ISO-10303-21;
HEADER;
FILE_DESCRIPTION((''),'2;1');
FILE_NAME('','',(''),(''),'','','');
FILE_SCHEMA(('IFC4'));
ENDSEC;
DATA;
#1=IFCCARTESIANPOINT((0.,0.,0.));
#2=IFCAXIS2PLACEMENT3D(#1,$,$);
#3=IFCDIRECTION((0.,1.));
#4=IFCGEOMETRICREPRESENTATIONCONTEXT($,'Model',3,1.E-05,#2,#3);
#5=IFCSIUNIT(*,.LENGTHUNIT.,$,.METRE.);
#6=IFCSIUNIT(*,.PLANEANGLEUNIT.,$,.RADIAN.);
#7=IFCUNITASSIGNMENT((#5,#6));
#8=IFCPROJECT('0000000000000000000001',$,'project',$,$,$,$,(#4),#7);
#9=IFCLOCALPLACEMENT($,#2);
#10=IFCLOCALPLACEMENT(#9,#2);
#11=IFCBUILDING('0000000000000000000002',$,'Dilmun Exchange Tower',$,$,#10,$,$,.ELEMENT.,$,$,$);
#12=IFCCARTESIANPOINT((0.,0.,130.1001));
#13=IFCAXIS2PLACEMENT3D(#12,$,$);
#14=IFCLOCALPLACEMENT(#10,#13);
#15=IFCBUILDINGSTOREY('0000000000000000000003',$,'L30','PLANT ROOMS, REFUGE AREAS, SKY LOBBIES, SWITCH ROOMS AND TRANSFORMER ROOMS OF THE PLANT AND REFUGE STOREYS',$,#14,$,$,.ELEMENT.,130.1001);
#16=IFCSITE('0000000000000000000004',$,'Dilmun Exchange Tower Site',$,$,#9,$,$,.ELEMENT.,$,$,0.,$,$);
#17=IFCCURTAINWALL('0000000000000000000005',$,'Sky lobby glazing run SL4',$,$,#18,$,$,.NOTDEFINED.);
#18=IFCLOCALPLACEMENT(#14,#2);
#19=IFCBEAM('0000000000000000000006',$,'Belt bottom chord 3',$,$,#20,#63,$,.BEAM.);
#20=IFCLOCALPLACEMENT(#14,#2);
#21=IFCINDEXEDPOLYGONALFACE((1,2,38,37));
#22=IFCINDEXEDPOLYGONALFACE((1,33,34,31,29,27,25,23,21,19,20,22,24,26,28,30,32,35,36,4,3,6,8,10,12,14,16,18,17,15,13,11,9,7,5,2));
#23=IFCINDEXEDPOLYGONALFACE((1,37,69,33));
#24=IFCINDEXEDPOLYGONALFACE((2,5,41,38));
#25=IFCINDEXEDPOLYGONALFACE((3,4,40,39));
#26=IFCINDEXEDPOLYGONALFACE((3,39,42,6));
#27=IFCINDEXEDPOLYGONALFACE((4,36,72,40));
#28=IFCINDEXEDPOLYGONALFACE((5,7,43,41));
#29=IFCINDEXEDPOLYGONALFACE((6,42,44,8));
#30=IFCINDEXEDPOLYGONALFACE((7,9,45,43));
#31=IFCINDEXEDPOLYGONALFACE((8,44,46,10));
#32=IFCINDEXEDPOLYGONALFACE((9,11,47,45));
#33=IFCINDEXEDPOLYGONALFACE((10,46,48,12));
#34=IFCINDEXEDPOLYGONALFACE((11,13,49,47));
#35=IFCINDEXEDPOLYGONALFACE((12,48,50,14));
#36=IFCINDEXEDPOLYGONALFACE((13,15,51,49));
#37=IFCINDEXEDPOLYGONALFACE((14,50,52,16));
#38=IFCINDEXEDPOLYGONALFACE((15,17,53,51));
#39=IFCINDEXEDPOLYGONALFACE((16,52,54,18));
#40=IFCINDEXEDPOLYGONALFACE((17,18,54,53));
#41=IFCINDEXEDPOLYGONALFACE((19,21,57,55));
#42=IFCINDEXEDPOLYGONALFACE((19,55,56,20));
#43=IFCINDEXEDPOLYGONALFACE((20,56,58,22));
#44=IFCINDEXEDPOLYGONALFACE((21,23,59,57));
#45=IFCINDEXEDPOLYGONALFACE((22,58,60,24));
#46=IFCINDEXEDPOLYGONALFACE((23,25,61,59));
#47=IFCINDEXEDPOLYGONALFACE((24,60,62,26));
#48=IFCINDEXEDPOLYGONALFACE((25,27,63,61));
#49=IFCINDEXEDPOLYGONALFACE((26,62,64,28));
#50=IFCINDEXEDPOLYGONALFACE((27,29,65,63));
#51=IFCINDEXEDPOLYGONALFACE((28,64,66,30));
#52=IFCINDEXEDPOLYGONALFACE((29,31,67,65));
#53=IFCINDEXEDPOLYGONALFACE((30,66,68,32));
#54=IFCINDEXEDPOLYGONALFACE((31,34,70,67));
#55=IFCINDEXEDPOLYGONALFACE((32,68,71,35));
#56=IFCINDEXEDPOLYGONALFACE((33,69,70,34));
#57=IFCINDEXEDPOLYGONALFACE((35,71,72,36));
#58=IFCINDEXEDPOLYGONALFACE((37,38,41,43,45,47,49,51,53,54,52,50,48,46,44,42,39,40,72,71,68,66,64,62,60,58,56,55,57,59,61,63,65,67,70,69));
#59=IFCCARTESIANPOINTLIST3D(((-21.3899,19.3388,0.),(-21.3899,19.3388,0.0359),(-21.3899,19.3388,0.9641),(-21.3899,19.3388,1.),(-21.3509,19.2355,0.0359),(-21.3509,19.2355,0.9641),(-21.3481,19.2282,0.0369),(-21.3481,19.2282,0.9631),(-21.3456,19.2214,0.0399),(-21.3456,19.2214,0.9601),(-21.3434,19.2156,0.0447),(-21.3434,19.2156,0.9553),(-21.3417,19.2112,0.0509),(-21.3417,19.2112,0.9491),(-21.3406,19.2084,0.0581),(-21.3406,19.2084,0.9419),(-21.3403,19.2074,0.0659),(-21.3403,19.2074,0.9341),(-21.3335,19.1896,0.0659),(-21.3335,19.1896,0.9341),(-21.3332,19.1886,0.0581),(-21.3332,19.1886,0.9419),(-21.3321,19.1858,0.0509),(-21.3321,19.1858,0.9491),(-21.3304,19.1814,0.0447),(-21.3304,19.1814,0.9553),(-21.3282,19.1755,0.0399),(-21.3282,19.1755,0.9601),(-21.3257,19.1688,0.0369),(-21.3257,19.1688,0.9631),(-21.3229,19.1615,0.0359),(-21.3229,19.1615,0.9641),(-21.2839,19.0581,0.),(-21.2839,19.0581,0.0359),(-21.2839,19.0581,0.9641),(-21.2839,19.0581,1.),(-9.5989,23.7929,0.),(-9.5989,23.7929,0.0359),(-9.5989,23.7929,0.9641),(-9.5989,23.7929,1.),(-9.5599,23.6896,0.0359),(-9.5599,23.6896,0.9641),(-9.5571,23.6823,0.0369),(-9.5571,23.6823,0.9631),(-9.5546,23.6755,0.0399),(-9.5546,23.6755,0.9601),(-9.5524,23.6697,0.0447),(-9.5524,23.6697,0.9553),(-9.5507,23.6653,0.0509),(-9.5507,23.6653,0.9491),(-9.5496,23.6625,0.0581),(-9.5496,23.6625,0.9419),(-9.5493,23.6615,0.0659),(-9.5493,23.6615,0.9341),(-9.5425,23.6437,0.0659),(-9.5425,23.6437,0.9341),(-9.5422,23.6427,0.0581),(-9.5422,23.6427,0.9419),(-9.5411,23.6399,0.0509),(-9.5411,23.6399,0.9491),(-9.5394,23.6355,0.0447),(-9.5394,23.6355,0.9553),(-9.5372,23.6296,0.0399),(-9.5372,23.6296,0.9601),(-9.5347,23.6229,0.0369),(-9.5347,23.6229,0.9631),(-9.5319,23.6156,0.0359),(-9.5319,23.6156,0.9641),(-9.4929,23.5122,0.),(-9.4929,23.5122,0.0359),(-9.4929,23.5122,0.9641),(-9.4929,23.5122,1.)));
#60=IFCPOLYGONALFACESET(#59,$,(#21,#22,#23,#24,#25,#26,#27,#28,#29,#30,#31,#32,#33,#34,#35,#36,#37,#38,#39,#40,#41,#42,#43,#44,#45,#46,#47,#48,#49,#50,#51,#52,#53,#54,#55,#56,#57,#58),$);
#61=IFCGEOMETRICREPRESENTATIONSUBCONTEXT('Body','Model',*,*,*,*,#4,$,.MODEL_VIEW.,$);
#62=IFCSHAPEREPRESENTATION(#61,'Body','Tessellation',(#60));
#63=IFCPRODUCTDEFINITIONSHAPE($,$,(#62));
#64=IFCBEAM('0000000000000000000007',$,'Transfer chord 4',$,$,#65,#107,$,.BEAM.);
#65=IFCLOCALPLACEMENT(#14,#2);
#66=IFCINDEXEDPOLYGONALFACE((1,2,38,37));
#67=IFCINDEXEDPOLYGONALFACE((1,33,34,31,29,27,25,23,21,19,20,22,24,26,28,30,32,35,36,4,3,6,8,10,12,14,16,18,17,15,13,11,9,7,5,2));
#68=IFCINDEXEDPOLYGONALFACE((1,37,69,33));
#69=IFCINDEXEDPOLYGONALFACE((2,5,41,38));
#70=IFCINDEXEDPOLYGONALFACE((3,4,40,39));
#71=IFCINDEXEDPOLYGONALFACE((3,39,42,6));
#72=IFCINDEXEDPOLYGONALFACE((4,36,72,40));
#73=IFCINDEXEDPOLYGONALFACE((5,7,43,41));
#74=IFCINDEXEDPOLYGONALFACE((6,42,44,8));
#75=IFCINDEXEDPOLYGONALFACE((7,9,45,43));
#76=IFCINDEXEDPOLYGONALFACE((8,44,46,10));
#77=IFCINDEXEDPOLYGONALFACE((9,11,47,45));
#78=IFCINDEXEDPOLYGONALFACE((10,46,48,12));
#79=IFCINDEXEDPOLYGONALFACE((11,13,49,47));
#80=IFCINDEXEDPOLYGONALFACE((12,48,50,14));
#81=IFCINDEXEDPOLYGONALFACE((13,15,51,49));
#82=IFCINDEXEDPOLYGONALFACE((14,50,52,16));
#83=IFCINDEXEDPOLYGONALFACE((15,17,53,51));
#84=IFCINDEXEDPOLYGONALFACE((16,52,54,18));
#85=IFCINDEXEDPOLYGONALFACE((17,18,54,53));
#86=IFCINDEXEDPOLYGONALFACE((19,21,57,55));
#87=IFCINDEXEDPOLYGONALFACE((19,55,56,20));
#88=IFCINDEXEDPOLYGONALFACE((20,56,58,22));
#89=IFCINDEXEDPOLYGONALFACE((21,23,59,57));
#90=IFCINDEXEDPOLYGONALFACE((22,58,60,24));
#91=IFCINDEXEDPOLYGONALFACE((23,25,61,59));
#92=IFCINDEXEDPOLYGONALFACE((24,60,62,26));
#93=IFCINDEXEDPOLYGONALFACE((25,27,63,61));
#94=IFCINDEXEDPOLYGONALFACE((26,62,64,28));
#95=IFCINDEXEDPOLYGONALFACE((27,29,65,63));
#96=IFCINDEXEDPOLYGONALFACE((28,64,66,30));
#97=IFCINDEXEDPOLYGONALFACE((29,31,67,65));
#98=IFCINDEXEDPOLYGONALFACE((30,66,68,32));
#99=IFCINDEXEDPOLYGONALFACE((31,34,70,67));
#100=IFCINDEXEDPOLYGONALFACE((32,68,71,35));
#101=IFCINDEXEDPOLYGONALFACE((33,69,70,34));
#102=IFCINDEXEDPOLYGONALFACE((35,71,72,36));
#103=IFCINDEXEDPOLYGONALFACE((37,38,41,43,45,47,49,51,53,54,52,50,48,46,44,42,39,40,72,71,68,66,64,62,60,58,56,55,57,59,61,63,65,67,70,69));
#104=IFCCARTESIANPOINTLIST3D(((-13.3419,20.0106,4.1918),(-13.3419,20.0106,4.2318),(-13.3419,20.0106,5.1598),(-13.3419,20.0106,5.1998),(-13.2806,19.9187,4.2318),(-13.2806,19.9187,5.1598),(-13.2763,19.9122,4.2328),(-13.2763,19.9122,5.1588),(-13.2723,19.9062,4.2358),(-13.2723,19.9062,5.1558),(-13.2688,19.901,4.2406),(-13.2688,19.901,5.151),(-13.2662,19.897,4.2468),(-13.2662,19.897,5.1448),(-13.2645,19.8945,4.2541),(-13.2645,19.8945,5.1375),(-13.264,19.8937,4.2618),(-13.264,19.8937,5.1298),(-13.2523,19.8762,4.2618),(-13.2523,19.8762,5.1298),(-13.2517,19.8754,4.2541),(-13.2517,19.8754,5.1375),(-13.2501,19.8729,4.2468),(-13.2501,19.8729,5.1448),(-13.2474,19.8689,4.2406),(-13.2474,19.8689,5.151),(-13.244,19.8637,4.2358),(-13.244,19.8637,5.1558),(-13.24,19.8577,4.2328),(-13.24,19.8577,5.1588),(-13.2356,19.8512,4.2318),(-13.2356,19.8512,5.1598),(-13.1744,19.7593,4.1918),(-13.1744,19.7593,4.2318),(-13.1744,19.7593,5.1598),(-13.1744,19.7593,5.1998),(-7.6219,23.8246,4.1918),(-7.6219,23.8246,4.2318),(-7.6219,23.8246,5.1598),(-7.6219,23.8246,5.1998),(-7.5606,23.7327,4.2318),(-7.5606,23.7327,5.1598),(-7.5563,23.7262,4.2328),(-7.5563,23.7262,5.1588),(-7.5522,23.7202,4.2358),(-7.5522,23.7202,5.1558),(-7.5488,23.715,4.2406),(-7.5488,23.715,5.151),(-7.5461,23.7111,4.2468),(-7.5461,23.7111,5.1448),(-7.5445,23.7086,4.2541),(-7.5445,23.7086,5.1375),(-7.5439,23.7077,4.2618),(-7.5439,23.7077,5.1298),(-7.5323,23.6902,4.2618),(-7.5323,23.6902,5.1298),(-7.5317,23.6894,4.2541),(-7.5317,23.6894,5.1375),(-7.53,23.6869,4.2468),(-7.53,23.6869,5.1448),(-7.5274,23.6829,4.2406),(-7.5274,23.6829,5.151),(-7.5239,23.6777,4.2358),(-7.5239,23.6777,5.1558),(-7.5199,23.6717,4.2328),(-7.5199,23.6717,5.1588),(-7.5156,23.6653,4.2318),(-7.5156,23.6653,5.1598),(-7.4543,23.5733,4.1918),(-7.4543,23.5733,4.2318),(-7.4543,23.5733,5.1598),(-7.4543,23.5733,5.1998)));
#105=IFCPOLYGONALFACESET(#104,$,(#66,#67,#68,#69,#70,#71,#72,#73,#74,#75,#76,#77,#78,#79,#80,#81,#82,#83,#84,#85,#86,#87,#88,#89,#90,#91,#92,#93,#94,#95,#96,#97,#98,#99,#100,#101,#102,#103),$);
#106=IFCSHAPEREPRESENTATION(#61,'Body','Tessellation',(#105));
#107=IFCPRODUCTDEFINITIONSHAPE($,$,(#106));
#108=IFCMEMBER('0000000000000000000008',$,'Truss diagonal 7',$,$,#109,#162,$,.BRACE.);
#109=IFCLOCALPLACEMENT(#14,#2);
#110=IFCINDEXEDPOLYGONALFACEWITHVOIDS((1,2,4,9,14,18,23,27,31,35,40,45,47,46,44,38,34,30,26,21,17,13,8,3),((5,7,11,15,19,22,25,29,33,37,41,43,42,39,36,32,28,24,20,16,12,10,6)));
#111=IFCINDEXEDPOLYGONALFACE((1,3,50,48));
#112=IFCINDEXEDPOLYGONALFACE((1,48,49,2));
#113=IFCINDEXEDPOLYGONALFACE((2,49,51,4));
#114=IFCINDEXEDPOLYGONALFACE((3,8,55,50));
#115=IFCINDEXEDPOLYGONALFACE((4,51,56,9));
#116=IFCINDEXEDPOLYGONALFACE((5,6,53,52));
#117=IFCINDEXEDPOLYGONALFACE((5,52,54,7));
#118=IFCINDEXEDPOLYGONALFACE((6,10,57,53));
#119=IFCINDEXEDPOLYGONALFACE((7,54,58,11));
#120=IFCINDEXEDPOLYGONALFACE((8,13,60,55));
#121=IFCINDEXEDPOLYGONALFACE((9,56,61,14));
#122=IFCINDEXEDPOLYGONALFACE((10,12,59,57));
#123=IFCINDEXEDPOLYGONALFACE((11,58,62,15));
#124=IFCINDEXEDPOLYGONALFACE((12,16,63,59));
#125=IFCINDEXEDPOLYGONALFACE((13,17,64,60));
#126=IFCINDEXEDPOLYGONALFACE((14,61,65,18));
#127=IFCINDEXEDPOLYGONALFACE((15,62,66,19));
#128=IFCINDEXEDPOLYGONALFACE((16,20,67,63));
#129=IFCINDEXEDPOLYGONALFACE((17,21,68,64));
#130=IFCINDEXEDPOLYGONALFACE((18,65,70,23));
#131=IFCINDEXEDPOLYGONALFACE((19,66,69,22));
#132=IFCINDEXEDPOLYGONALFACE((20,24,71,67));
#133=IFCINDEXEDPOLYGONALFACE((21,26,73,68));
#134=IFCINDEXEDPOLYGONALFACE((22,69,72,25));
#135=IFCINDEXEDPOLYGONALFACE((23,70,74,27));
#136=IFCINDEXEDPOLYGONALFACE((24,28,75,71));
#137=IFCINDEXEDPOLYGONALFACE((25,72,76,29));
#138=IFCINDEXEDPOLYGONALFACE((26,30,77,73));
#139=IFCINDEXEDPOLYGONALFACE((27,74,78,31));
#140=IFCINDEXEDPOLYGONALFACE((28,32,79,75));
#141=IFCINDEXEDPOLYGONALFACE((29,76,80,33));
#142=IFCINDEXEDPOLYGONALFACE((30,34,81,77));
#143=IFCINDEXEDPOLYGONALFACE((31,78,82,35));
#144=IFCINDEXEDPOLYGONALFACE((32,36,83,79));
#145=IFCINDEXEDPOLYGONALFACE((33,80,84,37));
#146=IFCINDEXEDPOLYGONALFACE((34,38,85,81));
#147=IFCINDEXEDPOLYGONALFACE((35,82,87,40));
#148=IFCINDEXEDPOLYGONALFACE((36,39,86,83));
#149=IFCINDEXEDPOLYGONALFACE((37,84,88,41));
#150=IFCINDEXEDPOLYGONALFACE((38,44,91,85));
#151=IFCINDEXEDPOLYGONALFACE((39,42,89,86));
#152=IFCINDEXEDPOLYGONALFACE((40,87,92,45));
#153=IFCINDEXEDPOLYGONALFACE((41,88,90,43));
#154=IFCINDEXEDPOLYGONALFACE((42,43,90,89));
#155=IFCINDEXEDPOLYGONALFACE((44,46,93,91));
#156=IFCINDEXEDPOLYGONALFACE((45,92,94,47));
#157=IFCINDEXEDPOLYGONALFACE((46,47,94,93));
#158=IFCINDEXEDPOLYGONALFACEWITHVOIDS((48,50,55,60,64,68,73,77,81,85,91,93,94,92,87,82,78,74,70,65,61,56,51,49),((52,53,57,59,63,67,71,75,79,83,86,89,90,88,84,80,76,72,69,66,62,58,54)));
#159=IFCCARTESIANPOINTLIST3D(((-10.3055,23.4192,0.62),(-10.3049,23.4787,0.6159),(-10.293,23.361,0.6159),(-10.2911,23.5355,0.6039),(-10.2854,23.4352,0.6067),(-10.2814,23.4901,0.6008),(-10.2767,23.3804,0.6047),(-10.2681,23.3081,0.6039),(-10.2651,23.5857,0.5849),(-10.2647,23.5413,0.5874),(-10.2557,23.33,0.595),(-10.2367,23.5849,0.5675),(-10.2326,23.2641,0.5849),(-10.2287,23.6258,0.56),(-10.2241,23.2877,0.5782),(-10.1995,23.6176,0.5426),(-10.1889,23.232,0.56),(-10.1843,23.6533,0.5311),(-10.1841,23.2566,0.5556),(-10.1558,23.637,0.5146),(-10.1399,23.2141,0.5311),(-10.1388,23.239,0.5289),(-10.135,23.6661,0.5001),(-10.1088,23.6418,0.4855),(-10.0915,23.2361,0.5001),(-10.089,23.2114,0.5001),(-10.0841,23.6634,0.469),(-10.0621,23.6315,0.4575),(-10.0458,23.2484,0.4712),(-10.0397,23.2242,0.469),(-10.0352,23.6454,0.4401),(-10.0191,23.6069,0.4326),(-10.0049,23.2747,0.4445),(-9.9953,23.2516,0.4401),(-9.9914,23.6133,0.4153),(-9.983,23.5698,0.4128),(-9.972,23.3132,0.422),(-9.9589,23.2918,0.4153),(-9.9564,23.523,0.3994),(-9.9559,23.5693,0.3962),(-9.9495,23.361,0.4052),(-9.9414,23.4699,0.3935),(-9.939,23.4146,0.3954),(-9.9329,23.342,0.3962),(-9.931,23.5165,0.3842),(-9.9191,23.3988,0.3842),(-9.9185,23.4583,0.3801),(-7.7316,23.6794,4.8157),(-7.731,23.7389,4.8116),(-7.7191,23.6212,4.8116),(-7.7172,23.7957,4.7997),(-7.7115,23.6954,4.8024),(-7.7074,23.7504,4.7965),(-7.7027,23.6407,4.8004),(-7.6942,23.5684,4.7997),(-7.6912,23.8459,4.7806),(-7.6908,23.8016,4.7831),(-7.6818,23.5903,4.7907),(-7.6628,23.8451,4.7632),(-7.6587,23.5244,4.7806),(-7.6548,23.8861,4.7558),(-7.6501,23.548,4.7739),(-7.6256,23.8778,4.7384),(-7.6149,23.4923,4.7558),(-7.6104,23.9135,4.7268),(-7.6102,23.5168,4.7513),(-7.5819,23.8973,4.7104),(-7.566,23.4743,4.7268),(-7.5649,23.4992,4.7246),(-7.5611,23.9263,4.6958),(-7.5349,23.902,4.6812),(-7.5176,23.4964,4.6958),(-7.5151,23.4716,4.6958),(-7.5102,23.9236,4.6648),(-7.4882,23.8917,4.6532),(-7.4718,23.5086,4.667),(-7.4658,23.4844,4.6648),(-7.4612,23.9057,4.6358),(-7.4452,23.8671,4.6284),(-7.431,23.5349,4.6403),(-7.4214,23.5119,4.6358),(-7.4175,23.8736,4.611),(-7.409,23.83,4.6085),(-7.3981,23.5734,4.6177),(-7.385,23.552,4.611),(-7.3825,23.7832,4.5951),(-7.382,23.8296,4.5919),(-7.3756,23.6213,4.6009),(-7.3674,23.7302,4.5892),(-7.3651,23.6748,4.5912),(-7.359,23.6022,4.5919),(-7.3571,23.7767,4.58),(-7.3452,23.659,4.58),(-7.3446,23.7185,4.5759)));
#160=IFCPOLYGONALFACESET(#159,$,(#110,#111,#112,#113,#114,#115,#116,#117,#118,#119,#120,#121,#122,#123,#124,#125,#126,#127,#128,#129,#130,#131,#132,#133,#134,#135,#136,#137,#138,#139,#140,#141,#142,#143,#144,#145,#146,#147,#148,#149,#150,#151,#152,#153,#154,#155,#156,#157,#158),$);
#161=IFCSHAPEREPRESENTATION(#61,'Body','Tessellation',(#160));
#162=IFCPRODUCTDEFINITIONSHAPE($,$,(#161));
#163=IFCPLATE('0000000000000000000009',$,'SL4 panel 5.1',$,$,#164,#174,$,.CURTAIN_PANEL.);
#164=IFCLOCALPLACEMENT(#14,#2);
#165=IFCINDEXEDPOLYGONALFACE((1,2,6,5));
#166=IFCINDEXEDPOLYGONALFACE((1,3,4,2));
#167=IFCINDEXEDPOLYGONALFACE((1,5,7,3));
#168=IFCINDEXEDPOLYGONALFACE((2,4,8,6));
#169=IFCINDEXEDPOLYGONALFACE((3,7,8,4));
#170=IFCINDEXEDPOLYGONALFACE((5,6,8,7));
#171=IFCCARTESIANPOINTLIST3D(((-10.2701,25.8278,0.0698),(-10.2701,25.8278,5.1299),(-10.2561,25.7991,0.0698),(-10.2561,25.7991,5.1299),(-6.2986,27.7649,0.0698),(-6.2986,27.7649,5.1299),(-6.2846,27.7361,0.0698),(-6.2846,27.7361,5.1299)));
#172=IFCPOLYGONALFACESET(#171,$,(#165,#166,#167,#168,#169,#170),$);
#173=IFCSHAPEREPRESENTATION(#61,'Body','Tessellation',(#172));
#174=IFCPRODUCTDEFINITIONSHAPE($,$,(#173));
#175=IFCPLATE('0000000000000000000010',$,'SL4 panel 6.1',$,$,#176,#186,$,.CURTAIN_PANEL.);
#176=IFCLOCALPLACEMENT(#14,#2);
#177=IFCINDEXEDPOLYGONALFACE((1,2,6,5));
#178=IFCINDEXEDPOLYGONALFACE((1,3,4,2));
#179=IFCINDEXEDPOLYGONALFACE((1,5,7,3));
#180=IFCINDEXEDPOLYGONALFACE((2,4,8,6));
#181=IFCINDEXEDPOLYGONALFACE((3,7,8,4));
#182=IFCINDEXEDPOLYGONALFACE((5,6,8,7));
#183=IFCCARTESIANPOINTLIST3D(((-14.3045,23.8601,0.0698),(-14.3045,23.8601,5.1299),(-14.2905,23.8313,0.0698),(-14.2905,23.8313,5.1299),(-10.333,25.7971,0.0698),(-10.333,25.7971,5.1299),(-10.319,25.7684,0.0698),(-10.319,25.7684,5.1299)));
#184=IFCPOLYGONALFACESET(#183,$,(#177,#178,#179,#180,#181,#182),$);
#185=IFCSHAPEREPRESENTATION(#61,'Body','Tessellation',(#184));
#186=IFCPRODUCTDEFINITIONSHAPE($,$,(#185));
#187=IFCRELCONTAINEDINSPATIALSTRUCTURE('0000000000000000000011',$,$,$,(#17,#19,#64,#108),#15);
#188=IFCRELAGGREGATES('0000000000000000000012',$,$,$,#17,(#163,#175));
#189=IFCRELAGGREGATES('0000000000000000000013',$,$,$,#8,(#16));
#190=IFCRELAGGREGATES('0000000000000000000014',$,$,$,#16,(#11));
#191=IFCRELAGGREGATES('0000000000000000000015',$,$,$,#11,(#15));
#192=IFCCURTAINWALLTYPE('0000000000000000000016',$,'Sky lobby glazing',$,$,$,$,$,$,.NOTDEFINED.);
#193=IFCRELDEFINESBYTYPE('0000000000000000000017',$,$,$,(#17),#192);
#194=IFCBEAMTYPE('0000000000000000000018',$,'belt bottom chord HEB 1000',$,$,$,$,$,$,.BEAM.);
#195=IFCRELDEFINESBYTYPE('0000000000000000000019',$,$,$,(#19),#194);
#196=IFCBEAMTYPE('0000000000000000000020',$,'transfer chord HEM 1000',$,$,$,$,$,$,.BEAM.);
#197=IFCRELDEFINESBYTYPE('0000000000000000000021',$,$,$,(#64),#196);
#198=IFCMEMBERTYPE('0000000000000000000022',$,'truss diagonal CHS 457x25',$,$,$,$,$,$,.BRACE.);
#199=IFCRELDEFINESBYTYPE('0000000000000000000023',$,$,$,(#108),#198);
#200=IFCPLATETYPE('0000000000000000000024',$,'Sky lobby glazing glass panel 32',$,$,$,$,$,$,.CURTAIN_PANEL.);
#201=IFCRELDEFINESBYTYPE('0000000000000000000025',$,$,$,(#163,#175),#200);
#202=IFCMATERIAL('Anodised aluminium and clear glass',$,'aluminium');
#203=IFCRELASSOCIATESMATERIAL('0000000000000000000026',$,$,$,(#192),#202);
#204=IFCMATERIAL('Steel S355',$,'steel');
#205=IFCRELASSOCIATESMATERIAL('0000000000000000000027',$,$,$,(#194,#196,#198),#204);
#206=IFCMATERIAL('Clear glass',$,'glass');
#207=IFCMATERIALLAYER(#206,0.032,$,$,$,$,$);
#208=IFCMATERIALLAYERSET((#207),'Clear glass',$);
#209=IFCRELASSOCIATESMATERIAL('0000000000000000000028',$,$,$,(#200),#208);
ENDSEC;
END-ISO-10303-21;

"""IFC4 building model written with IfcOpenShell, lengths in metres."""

from ifc_helpers import new_model, si_unit, direction, frame, origin, origin_2d, place, context, subcontext, project, spatial, rectangle, hollow_circle, i_section, extrude, material, layer, layer_set, material_profile, profile_set, type_object, element, aggregate, save


model = new_model("IFC4")

# Units and contexts
model_context = context("Model", 3, precision=1e-05, world=origin(), true_north=direction((0.0, 1.0)))
body_context = subcontext(model_context, "Body", "Model", "MODEL_VIEW")
ifc_project = project(units=[si_unit("LENGTHUNIT", "METRE"), si_unit("PLANEANGLEUNIT", "RADIAN")], contexts=[model_context])

# Site, building, storey
site_placement = place(None, origin())
site = spatial("IfcSite", under=ifc_project, at=site_placement, Name="Dilmun Exchange Tower Site", CompositionType="ELEMENT", RefElevation=0.0)
building_placement = place(site_placement, origin())
building = spatial("IfcBuilding", under=site, at=building_placement, Name="Dilmun Exchange Tower", CompositionType="ELEMENT")
storey_placement = place(building_placement, frame((0.0, 0.0, 130.1001)))
storey = spatial("IfcBuildingStorey", under=building, at=storey_placement, Name="L30", Description="PLANT ROOMS, REFUGE AREAS, SKY LOBBIES, SWITCH ROOMS AND TRANSFORMER ROOMS OF THE PLANT AND REFUGE STOREYS", CompositionType="ELEMENT", Elevation=130.1001)

# Curtain wall
ifc_material_1 = material(Name="Anodised aluminium and clear glass", Category="aluminium")
curtain_wall_type = type_object("IfcCurtainWallType", Name="Sky lobby glazing", PredefinedType="NOTDEFINED", material=ifc_material_1)
curtain_wall_placement = place(storey_placement, origin())
curtain_wall = element("IfcCurtainWall", 1, at=curtain_wall_placement, inside=storey, type_object=curtain_wall_type, Name="Sky lobby glazing run SL4", PredefinedType="NOTDEFINED")

# Beams
ifc_material_2 = material(Name="Steel S355", Category="steel")
ifc_material_profile_1 = material_profile(ifc_material_2, i_section(OverallWidth=0.3, OverallDepth=1.0, WebThickness=0.019, FlangeThickness=0.0359, FilletRadius=0.03, at=origin_2d()), Name="HEB 1000")
ifc_profile_set_1 = profile_set([ifc_material_profile_1], Name="Steel S355")
beam_type_1 = type_object("IfcBeamType", Name="belt bottom chord HEB 1000", PredefinedType="BEAM", material=ifc_profile_set_1)
beam_1_placement = place(storey_placement, frame((-9.5459, 23.6526, 0.5), z_axis=(-0.935479, -0.353381, 0.0), x_axis=(0.353381, -0.935479, 0.0)))
element("IfcBeam", 2, at=beam_1_placement, inside=storey, type_object=beam_type_1, Name="Belt bottom chord 3", PredefinedType="BEAM", context=body_context, shape_type="SweptSolid", body=[
    extrude(i_section(OverallWidth=0.3, OverallDepth=1.0, WebThickness=0.019, FlangeThickness=0.0359, FilletRadius=0.03, at=origin_2d()), origin(), (0.0, 0.0, 1.0), 12.6042),
])
ifc_material_profile_2 = material_profile(ifc_material_2, i_section(OverallWidth=0.302, OverallDepth=1.0081, WebThickness=0.021, FlangeThickness=0.04, FilletRadius=0.03, at=origin_2d()), Name="HEM 1000")
ifc_profile_set_2 = profile_set([ifc_material_profile_2], Name="Steel S355")
beam_type_2 = type_object("IfcBeamType", Name="transfer chord HEM 1000", PredefinedType="BEAM", material=ifc_profile_set_2)
beam_2_placement = place(storey_placement, frame((-7.5381, 23.699, 4.6958), z_axis=(-0.832007, -0.554766, 0.0), x_axis=(0.554766, -0.832007, 0.0)))
element("IfcBeam", 3, at=beam_2_placement, inside=storey, type_object=beam_type_2, Name="Transfer chord 4", PredefinedType="BEAM", context=body_context, shape_type="SweptSolid", body=[
    extrude(i_section(OverallWidth=0.302, OverallDepth=1.0081, WebThickness=0.021, FlangeThickness=0.04, FilletRadius=0.03, at=origin_2d()), origin(), (0.0, 0.0, 1.0), 6.875),
])

# Member
ifc_material_profile_3 = material_profile(ifc_material_2, hollow_circle(Radius=0.2285, WallThickness=0.0249, at=origin_2d()), Name="CHS 457x25")
ifc_profile_set_3 = profile_set([ifc_material_profile_3], Name="Steel S355")
member_type_1 = type_object("IfcMemberType", Name="truss diagonal CHS 457x25", PredefinedType="BRACE", material=ifc_profile_set_3)
member_1_placement = place(storey_placement, frame((-7.5381, 23.699, 4.6958), z_axis=(-0.52218, -0.052798, -0.851199), x_axis=(0.100597, -0.994927, 0.0)))
element("IfcMember", 4, at=member_1_placement, inside=storey, type_object=member_type_1, Name="Truss diagonal 7", PredefinedType="BRACE", context=body_context, shape_type="SweptSolid", body=[
    extrude(hollow_circle(Radius=0.2285, WallThickness=0.0249, at=origin_2d()), origin(), (0.0, 0.0, 1.0), 4.9292),
])

# Plates
ifc_material_3 = material(Name="Clear glass", Category="glass")
ifc_layer_1 = layer(ifc_material_3, 0.032)
ifc_layer_set_1 = layer_set([ifc_layer_1], Name="Clear glass")
plate_type = type_object("IfcPlateType", Name="Sky lobby glazing glass panel 32", PredefinedType="CURTAIN_PANEL", material=ifc_layer_set_1)
plate_1_placement = place(storey_placement, frame((-8.2773, 26.782, 0.0698), z_axis=(0.0, 0.0, 1.0), x_axis=(-0.898794, -0.438371, 0.0)))
plate_1 = element("IfcPlate", 5, at=plate_1_placement, type_object=plate_type, Name="SL4 panel 5.1", PredefinedType="CURTAIN_PANEL", context=body_context, shape_type="SweptSolid", body=[
    extrude(rectangle(XDim=4.4187, YDim=0.032, at=origin_2d()), origin(), (0.0, 0.0, 1.0), 5.0601),
])
plate_2_placement = place(storey_placement, frame((-12.3118, 24.8142, 0.0698), z_axis=(0.0, 0.0, 1.0), x_axis=(-0.898794, -0.438371, 0.0)))
plate_2 = element("IfcPlate", 6, at=plate_2_placement, type_object=plate_type, Name="SL4 panel 6.1", PredefinedType="CURTAIN_PANEL", context=body_context, shape_type="SweptSolid", body=[
    extrude(rectangle(XDim=4.4187, YDim=0.032, at=origin_2d()), origin(), (0.0, 0.0, 1.0), 5.0601),
])
aggregate(curtain_wall, [plate_1, plate_2])

save(model, "model.ifc")
